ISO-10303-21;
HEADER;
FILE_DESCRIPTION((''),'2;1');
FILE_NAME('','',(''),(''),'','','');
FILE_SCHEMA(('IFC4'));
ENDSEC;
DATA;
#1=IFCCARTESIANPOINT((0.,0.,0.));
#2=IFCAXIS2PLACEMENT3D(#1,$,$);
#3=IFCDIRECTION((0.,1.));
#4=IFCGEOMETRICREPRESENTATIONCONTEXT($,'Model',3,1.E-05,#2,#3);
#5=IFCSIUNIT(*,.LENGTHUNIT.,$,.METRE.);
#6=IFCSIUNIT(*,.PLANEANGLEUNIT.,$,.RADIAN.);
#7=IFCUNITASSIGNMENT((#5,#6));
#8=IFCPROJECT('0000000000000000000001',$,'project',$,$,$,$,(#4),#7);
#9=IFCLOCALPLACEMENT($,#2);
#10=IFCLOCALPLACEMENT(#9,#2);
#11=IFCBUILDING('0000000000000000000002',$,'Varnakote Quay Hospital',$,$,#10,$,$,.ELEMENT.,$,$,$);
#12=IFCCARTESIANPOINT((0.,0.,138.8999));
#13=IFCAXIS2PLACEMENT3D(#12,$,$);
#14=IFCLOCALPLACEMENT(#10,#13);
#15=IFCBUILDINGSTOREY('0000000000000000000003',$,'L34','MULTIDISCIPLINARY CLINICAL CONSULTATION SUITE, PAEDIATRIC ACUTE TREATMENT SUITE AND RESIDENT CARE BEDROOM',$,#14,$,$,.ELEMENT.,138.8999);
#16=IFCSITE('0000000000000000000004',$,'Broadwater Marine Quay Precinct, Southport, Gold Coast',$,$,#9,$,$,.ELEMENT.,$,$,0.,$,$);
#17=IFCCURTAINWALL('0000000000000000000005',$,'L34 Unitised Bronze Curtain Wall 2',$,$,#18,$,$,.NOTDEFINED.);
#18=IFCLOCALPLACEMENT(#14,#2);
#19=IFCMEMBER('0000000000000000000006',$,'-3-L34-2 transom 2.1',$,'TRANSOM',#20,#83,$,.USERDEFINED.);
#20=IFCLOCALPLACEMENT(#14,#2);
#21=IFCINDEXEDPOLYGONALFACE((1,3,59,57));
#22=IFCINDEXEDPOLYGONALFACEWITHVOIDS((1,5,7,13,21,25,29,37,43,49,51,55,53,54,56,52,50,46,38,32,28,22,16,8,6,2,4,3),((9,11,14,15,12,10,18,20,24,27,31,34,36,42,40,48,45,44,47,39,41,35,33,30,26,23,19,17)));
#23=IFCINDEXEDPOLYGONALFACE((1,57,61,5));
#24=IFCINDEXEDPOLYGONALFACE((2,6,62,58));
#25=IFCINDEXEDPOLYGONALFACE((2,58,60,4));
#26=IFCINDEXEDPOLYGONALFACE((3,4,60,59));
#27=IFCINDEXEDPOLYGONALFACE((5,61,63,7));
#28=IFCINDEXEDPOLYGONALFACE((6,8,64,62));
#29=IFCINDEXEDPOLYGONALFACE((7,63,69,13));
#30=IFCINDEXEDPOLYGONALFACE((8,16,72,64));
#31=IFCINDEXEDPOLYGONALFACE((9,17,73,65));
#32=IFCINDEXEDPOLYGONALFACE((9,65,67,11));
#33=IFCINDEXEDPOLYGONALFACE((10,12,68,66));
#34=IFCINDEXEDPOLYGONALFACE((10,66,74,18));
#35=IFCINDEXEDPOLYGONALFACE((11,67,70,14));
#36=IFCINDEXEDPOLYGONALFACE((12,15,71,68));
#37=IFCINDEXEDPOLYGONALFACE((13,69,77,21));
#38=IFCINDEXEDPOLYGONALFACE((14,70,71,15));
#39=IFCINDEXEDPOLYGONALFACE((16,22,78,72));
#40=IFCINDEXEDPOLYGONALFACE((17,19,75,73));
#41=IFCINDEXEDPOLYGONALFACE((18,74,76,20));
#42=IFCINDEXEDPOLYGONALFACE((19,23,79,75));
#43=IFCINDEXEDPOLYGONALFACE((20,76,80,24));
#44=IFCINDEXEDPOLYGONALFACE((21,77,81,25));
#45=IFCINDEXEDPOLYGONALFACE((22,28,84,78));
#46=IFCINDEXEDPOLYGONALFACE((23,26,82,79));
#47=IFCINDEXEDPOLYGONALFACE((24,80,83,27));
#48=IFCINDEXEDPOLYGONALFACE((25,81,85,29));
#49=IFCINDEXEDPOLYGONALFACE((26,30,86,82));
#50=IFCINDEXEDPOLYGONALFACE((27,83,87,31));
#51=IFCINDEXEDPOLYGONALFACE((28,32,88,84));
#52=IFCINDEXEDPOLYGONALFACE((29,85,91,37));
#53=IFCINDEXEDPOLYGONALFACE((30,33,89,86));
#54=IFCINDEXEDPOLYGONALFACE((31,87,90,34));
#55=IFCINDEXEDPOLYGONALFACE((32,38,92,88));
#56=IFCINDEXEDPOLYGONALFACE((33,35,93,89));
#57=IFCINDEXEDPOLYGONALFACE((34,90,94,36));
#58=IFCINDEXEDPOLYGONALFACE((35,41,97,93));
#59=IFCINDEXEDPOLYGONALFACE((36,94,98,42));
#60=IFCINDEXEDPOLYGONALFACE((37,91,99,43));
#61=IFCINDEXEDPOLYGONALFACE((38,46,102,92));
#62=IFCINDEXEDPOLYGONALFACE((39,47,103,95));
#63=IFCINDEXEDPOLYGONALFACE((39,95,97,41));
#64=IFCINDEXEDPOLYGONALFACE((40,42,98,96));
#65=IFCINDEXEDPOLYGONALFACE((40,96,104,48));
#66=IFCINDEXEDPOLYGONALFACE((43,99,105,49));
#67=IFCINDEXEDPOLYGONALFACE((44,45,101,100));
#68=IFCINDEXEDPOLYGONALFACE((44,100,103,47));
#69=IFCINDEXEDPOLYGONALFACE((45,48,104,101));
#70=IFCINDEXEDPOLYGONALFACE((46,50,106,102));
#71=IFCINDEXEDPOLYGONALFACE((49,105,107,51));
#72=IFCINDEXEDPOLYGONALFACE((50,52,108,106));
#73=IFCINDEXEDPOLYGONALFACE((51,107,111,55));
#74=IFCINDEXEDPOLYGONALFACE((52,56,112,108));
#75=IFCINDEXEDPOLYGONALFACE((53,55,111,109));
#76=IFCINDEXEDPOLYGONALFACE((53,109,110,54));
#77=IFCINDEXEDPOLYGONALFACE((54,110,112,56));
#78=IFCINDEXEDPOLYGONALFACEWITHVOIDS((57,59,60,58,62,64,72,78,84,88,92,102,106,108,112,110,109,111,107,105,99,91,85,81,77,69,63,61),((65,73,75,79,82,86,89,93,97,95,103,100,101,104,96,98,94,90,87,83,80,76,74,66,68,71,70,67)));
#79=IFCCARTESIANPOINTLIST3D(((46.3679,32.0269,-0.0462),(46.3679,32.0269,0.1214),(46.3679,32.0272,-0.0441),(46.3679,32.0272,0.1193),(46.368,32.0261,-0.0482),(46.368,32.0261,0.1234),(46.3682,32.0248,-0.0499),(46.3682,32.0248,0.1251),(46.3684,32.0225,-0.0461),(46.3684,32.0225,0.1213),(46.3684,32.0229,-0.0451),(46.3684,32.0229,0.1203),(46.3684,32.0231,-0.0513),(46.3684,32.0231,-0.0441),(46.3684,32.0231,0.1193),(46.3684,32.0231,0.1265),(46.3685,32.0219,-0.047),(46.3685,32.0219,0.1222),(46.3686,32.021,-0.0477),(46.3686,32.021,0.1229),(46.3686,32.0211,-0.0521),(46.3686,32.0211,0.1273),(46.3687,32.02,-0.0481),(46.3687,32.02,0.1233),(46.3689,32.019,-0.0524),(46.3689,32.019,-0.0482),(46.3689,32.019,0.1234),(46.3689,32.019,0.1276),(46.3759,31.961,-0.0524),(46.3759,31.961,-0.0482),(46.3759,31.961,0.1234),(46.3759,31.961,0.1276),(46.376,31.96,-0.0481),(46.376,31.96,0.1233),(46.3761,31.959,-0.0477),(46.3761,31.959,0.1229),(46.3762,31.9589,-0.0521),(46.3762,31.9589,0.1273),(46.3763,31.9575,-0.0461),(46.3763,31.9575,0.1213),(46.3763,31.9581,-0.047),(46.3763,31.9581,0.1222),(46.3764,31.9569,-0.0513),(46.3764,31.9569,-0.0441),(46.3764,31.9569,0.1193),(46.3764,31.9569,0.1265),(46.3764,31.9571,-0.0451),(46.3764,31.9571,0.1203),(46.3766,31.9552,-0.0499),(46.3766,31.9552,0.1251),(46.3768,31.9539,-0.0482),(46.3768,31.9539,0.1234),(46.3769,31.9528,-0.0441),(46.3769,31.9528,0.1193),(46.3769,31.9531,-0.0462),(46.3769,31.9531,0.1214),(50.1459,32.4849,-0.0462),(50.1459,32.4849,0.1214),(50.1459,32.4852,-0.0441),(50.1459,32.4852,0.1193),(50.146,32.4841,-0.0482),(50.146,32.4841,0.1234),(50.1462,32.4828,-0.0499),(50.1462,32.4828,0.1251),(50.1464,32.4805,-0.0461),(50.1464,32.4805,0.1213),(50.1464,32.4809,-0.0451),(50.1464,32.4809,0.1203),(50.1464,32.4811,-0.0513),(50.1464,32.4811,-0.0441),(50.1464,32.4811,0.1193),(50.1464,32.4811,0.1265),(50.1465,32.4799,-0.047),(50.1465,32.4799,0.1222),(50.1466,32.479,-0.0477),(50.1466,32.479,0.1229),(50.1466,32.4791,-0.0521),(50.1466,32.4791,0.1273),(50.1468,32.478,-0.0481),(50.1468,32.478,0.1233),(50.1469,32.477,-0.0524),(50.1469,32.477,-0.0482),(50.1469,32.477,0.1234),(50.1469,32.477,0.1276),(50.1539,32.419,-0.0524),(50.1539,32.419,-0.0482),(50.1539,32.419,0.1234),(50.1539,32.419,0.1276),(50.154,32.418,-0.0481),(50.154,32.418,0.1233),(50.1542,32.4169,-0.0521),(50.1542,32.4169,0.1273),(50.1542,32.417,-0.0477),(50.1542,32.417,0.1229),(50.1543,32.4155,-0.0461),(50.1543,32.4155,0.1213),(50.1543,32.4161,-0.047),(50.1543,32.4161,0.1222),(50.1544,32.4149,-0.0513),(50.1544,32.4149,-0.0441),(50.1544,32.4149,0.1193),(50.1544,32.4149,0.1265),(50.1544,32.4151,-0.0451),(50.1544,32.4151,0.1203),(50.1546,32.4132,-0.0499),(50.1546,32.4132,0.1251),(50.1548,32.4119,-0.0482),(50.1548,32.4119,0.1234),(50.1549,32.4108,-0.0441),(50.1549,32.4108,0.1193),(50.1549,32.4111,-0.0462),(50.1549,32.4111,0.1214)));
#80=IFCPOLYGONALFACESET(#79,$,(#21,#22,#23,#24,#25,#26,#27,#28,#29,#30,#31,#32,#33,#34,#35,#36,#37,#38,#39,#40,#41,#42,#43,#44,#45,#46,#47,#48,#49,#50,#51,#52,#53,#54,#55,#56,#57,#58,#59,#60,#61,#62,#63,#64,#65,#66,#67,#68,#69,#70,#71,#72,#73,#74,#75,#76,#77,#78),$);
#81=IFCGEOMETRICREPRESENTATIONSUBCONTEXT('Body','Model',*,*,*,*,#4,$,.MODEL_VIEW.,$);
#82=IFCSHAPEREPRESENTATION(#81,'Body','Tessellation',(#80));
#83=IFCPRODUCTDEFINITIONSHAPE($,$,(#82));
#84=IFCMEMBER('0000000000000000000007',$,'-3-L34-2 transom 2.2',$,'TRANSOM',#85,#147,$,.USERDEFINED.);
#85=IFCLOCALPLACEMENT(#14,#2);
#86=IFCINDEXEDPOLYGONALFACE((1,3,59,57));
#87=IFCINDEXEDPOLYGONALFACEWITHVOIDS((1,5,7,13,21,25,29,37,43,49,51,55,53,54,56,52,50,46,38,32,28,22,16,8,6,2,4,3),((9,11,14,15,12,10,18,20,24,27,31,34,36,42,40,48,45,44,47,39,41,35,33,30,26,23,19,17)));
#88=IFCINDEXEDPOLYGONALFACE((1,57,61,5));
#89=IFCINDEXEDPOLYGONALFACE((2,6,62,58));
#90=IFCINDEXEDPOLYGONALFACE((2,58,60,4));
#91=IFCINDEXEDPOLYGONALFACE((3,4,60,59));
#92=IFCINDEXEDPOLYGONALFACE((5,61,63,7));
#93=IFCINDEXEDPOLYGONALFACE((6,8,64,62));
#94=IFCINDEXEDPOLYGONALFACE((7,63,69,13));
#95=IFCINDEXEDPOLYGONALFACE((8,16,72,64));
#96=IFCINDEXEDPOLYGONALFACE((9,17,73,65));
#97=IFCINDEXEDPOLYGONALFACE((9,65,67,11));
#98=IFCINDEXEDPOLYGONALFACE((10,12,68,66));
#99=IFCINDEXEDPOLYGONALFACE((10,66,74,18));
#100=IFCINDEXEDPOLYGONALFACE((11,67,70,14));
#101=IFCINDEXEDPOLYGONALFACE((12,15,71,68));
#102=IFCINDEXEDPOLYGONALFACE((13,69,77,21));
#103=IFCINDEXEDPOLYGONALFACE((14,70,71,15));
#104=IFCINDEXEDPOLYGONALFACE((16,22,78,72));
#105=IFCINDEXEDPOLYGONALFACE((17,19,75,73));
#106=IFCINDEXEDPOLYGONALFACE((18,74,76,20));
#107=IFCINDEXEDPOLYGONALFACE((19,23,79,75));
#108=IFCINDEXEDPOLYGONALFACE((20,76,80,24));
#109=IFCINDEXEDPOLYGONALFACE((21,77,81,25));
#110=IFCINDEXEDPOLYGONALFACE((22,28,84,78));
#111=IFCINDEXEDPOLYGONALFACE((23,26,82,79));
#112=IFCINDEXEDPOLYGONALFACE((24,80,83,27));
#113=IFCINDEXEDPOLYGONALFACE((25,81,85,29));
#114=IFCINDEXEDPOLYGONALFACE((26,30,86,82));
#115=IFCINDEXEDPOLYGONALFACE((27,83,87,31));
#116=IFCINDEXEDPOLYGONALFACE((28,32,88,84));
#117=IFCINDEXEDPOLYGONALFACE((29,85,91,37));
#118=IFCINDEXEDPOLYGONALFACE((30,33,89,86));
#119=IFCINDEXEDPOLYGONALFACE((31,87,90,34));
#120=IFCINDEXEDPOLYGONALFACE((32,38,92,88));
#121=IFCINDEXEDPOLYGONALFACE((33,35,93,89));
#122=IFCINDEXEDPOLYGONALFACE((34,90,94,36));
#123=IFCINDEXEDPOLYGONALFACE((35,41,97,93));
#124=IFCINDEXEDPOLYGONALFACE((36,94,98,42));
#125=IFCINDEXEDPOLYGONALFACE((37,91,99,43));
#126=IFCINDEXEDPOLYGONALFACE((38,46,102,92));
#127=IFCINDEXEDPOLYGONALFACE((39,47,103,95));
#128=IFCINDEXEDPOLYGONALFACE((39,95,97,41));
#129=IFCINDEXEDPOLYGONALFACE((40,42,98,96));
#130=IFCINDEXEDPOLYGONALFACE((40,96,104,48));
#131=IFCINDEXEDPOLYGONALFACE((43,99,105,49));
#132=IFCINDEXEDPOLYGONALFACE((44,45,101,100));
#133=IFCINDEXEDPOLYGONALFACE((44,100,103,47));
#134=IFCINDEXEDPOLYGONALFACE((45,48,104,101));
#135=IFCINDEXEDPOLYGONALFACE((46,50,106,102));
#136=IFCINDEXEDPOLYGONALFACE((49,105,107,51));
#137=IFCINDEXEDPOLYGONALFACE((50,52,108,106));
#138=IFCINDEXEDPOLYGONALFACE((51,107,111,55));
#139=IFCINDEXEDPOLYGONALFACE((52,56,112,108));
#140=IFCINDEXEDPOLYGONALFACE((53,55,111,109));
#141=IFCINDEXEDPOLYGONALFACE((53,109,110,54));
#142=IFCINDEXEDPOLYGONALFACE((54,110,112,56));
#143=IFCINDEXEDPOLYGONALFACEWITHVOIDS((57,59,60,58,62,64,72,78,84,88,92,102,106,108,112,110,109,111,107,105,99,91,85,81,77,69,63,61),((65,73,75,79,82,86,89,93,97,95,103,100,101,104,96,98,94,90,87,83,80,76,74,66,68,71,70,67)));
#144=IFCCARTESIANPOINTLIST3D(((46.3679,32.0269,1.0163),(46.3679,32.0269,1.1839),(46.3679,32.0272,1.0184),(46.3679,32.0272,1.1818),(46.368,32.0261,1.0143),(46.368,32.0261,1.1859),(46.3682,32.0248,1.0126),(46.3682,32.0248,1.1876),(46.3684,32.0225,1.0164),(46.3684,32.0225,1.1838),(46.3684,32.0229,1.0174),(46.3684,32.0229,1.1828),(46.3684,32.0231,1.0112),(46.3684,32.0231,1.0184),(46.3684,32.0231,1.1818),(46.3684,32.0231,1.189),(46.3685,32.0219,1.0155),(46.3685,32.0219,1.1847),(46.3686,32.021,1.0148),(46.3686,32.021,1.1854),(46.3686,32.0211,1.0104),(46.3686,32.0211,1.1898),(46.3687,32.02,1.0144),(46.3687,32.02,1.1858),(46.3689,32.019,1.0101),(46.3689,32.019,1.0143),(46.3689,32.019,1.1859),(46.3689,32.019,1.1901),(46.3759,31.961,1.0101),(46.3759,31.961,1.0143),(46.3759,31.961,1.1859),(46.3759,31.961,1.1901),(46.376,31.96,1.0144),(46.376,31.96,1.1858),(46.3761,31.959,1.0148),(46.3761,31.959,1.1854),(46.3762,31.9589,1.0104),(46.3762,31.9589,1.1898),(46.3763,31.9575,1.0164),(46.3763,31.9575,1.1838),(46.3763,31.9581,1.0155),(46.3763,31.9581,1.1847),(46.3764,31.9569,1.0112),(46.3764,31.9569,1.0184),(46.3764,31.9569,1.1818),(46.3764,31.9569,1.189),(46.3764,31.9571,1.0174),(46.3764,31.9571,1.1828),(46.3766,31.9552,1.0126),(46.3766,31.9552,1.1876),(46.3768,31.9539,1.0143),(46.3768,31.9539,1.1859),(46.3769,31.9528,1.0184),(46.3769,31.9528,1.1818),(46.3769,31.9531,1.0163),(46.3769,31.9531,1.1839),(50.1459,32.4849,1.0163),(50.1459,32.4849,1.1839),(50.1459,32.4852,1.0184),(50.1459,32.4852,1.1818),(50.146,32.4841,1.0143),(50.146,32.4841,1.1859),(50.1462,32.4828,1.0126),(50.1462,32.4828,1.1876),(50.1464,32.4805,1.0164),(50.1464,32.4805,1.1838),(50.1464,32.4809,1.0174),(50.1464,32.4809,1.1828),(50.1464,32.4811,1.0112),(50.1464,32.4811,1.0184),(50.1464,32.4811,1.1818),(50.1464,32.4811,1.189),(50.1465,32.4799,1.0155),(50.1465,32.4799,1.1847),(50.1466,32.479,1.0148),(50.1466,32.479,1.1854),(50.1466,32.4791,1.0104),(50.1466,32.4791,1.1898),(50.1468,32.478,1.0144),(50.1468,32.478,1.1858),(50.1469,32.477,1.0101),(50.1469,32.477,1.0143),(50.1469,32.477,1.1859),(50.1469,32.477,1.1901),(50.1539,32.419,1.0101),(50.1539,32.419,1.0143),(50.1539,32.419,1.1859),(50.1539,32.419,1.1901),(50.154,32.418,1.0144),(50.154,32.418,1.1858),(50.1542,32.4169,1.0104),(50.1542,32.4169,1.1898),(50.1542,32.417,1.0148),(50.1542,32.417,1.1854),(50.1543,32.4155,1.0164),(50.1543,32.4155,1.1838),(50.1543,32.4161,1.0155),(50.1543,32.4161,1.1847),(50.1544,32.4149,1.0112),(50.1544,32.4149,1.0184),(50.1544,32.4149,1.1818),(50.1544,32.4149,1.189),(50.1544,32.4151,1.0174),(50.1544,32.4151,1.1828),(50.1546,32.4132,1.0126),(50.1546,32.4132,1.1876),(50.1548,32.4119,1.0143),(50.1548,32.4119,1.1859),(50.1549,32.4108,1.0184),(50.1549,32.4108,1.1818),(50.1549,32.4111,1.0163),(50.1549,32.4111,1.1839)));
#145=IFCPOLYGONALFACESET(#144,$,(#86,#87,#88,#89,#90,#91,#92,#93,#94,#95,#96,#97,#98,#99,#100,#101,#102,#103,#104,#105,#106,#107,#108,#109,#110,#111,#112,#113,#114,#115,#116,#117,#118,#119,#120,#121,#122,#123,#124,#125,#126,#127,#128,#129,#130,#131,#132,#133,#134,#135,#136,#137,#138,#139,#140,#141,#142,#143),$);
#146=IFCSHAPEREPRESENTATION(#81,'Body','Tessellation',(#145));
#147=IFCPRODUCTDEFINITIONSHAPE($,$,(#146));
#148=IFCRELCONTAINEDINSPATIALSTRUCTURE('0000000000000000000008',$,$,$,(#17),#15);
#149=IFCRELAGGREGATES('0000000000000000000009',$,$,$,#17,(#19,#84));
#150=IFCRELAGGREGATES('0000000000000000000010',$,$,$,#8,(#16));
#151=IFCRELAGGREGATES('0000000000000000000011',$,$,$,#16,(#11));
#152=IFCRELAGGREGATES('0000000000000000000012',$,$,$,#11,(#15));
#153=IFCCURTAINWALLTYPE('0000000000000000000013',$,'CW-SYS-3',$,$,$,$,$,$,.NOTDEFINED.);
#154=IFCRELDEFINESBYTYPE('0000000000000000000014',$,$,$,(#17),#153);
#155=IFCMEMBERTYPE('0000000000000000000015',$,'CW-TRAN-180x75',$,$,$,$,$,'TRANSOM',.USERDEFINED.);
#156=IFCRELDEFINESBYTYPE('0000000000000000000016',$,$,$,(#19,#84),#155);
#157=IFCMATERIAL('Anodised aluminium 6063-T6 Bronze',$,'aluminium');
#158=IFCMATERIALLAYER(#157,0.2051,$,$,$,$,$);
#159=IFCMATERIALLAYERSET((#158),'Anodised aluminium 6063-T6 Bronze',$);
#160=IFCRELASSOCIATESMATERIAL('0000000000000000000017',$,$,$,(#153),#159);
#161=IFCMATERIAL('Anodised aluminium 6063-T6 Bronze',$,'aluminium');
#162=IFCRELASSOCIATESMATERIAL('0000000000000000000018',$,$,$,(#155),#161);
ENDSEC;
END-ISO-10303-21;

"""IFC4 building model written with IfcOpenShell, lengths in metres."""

from ifc_helpers import new_model, si_unit, direction, frame, origin, origin_2d, place, context, subcontext, project, spatial, hollow_rectangle, extrude, material, layer, layer_set, material_profile, profile_set, type_object, element, aggregate, save


model = new_model("IFC4")

# Units and contexts
model_context = context("Model", 3, precision=1e-05, world=origin(), true_north=direction((0.0, 1.0)))
body_context = subcontext(model_context, "Body", "Model", "MODEL_VIEW")
ifc_project = project(units=[si_unit("LENGTHUNIT", "METRE"), si_unit("PLANEANGLEUNIT", "RADIAN")], contexts=[model_context])

# Site, building, storey
site_placement = place(None, origin())
site = spatial("IfcSite", under=ifc_project, at=site_placement, Name="Broadwater Marine Quay Precinct, Southport, Gold Coast", CompositionType="ELEMENT", RefElevation=0.0)
building_placement = place(site_placement, origin())
building = spatial("IfcBuilding", under=site, at=building_placement, Name="Varnakote Quay Hospital", CompositionType="ELEMENT")
storey_placement = place(building_placement, frame((0.0, 0.0, 138.8999)))
storey = spatial("IfcBuildingStorey", under=building, at=storey_placement, Name="L34", Description="MULTIDISCIPLINARY CLINICAL CONSULTATION SUITE, PAEDIATRIC ACUTE TREATMENT SUITE AND RESIDENT CARE BEDROOM", CompositionType="ELEMENT", Elevation=138.8999)

# Shared definitions
ifc_material_1 = material(Name="Anodised aluminium 6063-T6 Bronze", Category="aluminium")
ifc_layer_1 = layer(ifc_material_1, 0.2051)
ifc_layer_set_1 = layer_set([ifc_layer_1], Name="Anodised aluminium 6063-T6 Bronze")
curtain_wall_type = type_object("IfcCurtainWallType", Name="CW-SYS-3", PredefinedType="NOTDEFINED", material=ifc_layer_set_1)

# Curtain wall, members
curtain_wall_1_placement = place(storey_placement, origin())
curtain_wall_1 = element("IfcCurtainWall", 1, at=curtain_wall_1_placement, inside=storey, type_object=curtain_wall_type, Name="L34 Unitised Bronze Curtain Wall 2", PredefinedType="NOTDEFINED")
ifc_material_2 = material(Name="Anodised aluminium 6063-T6 Bronze", Category="aluminium")
ifc_material_profile_1 = material_profile(ifc_material_2, hollow_rectangle(XDim=0.075, YDim=0.1799, WallThickness=0.0042, InnerFilletRadius=0.0042, OuterFilletRadius=0.0083, at=origin_2d()), Name="CW-TRAN-180x75")
ifc_profile_set_1 = profile_set([ifc_material_profile_1], Name="Anodised aluminium 6063-T6 Bronze")
member_type_1 = type_object("IfcMemberType", Name="CW-TRAN-180x75", ElementType="TRANSOM", PredefinedType="USERDEFINED", material=ifc_profile_set_1)
member_1_placement = place(storey_placement, frame((50.1504, 32.448, 0.0376), z_axis=(-0.992732, -0.120347, 0.0), x_axis=(0.120347, -0.992732, 0.0)))
member_1 = element("IfcMember", 2, at=member_1_placement, type_object=member_type_1, Name="-3-L34-2 transom 2.1", ObjectType="TRANSOM", PredefinedType="USERDEFINED", context=body_context, shape_type="SweptSolid", body=[
    extrude(hollow_rectangle(XDim=0.075, YDim=0.1799, WallThickness=0.0042, InnerFilletRadius=0.0042, OuterFilletRadius=0.0083, at=origin_2d()), origin(), (0.0, 0.0, 1.0), 3.8057),
])
member_2_placement = place(storey_placement, frame((50.1504, 32.448, 1.1001), z_axis=(-0.992732, -0.120347, 0.0), x_axis=(0.120347, -0.992732, 0.0)))
member_2 = element("IfcMember", 3, at=member_2_placement, type_object=member_type_1, Name="-3-L34-2 transom 2.2", ObjectType="TRANSOM", PredefinedType="USERDEFINED", context=body_context, shape_type="SweptSolid", body=[
    extrude(hollow_rectangle(XDim=0.075, YDim=0.1799, WallThickness=0.0042, InnerFilletRadius=0.0042, OuterFilletRadius=0.0083, at=origin_2d()), origin(), (0.0, 0.0, 1.0), 3.8057),
])

aggregate(curtain_wall_1, [member_1, member_2])

save(model, "model.ifc")
